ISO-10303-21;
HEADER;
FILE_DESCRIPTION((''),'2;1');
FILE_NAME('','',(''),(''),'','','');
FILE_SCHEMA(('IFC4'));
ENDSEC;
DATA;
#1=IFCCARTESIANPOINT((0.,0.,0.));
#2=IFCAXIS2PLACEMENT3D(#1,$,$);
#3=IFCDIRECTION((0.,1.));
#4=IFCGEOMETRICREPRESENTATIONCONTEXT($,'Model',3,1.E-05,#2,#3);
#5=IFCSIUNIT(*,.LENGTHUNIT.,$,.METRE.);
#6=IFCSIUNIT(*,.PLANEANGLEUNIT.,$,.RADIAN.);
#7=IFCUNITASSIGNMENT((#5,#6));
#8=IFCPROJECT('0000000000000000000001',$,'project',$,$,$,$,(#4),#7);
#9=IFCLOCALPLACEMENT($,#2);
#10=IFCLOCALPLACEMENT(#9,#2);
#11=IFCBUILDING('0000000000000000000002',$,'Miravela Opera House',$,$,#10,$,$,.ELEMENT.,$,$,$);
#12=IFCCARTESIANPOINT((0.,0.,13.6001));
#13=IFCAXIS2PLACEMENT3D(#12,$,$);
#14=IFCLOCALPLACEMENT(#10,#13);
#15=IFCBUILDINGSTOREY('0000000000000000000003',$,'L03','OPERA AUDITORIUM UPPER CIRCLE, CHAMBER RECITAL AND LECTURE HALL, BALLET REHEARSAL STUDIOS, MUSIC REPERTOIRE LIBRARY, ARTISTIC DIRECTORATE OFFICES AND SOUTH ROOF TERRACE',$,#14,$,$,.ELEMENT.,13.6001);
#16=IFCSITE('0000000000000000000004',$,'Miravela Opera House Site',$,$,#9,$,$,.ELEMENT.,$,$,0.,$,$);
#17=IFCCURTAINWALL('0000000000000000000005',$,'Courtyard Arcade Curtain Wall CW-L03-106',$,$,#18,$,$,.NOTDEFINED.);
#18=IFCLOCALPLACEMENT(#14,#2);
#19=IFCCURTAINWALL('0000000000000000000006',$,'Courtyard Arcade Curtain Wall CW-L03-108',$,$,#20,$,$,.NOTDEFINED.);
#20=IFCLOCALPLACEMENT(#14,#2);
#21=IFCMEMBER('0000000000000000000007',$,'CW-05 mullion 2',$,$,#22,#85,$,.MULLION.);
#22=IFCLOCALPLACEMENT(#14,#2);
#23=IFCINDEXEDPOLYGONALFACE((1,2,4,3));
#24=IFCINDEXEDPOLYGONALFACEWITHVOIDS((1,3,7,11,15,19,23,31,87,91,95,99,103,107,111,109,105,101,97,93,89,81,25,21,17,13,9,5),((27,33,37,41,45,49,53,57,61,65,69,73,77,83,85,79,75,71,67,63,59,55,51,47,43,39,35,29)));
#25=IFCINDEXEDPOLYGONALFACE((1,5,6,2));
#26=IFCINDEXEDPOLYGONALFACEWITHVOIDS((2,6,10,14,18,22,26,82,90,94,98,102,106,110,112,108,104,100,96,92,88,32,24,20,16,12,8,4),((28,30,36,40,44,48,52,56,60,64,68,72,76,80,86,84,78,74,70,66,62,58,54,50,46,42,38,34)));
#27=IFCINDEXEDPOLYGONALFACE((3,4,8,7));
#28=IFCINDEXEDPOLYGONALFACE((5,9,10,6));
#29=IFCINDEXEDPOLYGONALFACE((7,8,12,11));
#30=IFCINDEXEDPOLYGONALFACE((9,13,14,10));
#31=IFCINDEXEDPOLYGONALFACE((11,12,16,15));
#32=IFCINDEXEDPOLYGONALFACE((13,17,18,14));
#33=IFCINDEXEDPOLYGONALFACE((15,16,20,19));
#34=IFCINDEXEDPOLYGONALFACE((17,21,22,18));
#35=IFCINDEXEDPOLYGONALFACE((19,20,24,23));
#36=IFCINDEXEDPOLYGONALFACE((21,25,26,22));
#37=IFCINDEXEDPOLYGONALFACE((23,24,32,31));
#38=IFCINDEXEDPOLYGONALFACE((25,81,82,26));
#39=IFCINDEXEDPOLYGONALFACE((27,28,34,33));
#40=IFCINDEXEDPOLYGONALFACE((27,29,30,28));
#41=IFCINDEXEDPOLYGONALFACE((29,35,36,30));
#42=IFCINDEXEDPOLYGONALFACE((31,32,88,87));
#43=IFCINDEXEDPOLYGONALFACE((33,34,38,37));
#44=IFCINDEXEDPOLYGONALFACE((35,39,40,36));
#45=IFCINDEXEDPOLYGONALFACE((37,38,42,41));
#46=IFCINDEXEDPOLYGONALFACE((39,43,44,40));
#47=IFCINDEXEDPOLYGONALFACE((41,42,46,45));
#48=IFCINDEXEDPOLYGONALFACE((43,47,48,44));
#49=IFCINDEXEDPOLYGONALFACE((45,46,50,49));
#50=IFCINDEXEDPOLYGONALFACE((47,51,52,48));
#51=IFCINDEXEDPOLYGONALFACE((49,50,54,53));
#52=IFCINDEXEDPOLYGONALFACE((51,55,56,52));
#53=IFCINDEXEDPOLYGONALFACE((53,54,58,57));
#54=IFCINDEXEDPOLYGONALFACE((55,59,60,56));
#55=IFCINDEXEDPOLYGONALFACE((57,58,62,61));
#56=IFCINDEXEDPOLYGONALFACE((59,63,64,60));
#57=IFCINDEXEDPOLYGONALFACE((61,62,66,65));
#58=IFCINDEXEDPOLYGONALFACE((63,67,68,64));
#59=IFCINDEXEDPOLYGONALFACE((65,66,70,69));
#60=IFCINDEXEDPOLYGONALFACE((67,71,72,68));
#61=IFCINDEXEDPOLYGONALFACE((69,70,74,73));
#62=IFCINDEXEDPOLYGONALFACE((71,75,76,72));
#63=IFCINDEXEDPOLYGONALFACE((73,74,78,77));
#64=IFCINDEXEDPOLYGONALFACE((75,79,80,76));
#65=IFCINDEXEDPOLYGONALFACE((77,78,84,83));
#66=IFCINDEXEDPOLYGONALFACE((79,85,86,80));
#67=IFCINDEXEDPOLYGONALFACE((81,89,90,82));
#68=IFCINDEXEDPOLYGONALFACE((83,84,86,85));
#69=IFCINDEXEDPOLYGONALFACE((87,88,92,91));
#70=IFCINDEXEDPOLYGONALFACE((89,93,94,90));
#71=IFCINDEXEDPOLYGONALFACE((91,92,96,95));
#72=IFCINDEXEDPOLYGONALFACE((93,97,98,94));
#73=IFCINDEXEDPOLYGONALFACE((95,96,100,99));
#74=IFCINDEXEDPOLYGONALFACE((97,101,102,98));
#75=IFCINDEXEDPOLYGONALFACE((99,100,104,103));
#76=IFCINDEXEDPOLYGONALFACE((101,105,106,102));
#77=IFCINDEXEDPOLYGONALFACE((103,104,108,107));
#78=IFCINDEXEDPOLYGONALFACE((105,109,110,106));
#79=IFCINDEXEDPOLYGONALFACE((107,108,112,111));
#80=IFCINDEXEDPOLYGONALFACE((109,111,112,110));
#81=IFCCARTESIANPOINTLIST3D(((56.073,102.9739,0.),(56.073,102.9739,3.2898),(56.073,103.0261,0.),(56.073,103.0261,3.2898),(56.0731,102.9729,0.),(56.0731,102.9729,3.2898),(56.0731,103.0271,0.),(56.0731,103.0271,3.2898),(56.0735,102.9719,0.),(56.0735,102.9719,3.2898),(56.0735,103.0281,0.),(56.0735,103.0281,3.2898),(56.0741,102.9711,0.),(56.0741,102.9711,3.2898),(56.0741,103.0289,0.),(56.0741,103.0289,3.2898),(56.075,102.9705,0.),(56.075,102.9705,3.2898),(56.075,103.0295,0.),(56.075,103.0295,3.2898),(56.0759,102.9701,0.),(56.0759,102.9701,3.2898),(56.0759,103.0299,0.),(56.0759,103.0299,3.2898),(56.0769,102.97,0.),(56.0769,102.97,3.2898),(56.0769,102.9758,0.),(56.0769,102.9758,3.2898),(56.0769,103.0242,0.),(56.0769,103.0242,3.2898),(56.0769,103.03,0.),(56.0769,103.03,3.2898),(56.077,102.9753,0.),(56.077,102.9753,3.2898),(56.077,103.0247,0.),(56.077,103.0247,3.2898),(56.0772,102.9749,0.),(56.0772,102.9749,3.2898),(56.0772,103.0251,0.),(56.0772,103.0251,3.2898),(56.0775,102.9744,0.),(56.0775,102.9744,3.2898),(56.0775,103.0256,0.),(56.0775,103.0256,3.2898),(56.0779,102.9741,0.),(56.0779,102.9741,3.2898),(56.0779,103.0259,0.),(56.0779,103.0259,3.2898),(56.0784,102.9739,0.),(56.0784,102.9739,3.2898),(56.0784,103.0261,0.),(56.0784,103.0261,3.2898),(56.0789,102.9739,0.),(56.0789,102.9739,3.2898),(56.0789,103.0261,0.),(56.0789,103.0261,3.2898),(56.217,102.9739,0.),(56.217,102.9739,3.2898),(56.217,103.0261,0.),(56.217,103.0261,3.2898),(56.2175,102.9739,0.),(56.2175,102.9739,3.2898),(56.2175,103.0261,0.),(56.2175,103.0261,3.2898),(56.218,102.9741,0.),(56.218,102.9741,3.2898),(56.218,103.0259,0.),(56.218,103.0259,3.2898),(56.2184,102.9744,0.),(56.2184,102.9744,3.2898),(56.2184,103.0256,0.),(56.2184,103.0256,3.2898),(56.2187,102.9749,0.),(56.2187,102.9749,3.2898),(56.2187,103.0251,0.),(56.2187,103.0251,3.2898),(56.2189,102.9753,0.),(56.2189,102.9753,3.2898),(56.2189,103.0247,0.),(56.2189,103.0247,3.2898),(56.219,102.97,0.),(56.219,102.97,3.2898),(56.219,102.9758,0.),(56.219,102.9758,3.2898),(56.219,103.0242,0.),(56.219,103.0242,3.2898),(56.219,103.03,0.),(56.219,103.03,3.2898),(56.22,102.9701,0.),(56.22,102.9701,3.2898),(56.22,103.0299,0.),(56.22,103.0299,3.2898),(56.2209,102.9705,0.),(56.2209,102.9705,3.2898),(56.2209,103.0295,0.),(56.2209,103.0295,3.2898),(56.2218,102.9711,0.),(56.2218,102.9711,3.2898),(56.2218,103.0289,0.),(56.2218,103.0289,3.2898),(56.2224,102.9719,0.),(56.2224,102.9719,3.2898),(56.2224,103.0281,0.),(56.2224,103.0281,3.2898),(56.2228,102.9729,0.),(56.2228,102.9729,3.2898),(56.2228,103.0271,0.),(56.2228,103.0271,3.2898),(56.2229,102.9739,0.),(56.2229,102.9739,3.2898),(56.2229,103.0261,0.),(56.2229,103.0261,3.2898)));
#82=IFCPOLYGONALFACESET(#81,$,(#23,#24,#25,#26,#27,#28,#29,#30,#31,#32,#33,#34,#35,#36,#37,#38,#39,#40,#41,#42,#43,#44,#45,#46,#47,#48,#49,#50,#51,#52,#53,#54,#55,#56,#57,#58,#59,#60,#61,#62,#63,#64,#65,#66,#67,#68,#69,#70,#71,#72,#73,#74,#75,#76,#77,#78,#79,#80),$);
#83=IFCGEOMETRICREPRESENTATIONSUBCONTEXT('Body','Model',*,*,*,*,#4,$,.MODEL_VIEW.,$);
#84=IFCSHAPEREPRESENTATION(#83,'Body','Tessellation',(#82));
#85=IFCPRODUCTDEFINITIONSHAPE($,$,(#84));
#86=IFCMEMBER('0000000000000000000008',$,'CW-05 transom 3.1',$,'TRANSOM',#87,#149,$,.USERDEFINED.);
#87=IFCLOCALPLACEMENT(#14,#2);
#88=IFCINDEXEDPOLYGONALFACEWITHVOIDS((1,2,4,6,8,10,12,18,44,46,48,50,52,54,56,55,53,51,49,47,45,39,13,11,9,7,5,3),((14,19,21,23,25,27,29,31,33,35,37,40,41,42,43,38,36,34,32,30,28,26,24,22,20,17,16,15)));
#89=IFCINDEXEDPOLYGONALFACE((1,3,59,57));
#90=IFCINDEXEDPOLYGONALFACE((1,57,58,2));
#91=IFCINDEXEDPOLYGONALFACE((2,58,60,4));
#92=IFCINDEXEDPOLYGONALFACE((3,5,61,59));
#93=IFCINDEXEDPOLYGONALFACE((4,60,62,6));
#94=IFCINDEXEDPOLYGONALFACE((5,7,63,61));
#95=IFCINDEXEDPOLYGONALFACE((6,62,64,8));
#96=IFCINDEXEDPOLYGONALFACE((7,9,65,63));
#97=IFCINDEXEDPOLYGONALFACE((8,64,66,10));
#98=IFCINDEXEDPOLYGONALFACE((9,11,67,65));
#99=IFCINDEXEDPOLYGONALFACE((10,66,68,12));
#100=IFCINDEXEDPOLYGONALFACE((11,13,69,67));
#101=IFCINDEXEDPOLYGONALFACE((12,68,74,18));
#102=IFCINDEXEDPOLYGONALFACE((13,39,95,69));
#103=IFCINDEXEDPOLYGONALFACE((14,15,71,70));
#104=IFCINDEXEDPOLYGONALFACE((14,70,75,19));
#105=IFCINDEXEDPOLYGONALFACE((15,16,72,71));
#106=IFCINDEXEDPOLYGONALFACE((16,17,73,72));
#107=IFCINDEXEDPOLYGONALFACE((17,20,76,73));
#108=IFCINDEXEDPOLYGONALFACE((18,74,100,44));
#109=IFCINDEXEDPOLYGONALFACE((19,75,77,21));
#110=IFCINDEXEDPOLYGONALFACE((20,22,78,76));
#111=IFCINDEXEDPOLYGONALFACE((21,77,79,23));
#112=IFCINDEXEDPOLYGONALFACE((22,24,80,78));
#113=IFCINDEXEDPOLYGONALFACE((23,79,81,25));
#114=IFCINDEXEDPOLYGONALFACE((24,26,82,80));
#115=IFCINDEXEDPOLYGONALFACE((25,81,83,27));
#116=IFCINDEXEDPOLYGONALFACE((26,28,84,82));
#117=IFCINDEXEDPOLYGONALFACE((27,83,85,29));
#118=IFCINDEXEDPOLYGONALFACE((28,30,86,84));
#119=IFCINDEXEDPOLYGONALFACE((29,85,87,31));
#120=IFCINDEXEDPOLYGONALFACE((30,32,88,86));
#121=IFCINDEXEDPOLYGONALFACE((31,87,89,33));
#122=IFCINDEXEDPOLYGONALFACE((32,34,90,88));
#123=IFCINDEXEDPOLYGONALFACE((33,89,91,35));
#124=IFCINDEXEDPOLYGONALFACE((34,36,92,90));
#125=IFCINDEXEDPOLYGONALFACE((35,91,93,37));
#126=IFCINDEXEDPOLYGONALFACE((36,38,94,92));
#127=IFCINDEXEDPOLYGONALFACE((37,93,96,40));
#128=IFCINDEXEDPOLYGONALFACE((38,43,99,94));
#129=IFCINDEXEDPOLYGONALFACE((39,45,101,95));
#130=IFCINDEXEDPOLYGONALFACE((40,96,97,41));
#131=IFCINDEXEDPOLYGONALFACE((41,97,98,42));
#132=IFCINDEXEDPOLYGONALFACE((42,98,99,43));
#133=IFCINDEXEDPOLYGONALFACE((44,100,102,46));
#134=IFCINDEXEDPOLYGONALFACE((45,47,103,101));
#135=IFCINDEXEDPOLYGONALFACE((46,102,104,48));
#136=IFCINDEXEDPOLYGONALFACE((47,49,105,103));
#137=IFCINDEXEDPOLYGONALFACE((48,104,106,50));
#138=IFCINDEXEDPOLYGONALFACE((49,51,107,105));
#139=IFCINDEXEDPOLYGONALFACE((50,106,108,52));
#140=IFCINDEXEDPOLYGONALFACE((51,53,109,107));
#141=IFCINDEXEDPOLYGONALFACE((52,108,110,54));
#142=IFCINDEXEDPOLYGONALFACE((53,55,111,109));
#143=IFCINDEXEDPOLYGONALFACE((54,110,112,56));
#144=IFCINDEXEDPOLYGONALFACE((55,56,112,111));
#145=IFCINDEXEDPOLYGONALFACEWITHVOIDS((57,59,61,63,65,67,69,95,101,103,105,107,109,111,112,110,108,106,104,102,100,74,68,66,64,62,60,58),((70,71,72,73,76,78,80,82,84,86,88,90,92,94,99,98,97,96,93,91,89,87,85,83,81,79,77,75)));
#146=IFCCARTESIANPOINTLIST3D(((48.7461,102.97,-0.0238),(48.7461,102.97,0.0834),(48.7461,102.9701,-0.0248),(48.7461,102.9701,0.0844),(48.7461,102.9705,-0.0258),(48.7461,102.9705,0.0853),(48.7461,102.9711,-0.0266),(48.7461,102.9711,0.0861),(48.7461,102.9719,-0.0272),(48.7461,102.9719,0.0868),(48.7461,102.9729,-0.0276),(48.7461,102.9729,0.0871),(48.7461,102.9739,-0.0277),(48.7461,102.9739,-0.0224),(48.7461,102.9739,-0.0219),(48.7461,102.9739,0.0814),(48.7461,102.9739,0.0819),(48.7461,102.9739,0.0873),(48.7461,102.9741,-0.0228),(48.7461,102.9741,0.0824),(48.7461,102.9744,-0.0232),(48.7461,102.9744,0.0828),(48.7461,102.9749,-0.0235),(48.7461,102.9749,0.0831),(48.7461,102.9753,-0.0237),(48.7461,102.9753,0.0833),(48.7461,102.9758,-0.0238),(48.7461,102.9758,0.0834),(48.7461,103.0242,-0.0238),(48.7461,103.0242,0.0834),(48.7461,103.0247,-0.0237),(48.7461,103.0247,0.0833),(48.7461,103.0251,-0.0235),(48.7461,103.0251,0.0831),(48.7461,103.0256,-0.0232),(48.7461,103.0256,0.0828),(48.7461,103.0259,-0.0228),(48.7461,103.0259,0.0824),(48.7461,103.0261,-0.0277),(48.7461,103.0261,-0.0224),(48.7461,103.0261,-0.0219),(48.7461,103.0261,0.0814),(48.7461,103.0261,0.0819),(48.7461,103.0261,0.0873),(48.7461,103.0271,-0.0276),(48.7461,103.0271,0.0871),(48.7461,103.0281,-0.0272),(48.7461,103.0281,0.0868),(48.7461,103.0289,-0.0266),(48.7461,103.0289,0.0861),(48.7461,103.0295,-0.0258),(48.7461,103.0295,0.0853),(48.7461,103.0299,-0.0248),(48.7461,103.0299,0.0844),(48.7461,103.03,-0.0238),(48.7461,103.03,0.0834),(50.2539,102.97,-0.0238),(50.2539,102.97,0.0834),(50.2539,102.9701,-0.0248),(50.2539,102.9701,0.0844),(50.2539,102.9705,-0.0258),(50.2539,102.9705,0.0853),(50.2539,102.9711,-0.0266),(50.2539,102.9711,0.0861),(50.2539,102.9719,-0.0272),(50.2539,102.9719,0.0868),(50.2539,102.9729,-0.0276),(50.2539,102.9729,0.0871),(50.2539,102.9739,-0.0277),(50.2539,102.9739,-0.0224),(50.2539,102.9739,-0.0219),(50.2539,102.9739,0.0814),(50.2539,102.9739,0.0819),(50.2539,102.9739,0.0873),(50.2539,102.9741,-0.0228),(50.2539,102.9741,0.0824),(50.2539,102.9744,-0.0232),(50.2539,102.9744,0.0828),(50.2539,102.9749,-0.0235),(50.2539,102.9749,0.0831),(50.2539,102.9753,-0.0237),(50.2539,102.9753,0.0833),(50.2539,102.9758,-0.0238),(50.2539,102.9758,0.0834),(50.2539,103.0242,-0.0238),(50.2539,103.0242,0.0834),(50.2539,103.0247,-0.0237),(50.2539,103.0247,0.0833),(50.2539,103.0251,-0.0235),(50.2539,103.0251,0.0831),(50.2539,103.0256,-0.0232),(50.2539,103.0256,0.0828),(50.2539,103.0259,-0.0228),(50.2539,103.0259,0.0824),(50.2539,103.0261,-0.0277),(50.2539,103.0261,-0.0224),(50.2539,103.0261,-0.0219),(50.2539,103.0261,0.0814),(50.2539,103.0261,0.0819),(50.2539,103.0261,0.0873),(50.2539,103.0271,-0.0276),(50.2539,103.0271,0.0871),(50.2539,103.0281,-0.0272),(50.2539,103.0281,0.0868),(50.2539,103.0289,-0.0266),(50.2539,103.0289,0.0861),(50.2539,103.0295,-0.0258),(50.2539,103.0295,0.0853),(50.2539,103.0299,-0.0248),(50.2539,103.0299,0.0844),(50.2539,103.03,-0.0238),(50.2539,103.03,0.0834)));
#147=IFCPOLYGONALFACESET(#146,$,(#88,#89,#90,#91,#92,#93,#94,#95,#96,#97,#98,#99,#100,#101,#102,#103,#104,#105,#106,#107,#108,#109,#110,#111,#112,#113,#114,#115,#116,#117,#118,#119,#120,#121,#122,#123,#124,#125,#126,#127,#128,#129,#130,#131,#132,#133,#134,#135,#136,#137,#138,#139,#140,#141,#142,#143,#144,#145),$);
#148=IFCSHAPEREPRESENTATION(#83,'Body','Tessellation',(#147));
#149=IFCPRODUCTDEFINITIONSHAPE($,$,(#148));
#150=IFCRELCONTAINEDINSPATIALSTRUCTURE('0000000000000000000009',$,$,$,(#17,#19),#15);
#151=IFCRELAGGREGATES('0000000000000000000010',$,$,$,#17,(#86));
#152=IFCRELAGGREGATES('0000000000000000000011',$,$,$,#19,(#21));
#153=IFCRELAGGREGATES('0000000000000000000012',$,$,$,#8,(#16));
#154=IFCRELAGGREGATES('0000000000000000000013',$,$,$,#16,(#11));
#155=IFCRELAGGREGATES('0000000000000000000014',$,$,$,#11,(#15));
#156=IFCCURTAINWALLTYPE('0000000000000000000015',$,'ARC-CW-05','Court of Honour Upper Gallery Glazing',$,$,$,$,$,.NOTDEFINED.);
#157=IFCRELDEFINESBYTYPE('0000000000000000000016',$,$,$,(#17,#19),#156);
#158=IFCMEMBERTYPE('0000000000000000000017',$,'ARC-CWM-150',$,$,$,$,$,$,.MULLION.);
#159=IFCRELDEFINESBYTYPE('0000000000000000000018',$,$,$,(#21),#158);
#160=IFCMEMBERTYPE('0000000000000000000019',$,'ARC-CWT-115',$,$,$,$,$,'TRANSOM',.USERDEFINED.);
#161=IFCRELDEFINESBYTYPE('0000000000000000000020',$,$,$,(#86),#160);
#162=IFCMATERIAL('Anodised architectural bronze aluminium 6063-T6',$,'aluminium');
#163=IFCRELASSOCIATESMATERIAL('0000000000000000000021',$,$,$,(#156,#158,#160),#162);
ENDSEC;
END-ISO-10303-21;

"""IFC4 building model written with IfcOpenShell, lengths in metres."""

from ifc_helpers import new_model, si_unit, direction, frame, origin, origin_2d, place, context, subcontext, project, spatial, hollow_rectangle, extrude, material, material_profile, profile_set, type_object, element, aggregate, save


model = new_model("IFC4")

# Units and contexts
model_context = context("Model", 3, precision=1e-05, world=origin(), true_north=direction((0.0, 1.0)))
body_context = subcontext(model_context, "Body", "Model", "MODEL_VIEW")
ifc_project = project(units=[si_unit("LENGTHUNIT", "METRE"), si_unit("PLANEANGLEUNIT", "RADIAN")], contexts=[model_context])

# Site, building, storey
site_placement = place(None, origin())
site = spatial("IfcSite", under=ifc_project, at=site_placement, Name="Miravela Opera House Site", CompositionType="ELEMENT", RefElevation=0.0)
building_placement = place(site_placement, origin())
building = spatial("IfcBuilding", under=site, at=building_placement, Name="Miravela Opera House", CompositionType="ELEMENT")
storey_placement = place(building_placement, frame((0.0, 0.0, 13.6001)))
storey = spatial("IfcBuildingStorey", under=building, at=storey_placement, Name="L03", Description="OPERA AUDITORIUM UPPER CIRCLE, CHAMBER RECITAL AND LECTURE HALL, BALLET REHEARSAL STUDIOS, MUSIC REPERTOIRE LIBRARY, ARTISTIC DIRECTORATE OFFICES AND SOUTH ROOF TERRACE", CompositionType="ELEMENT", Elevation=13.6001)

# Curtain walls, member
ifc_material_1 = material(Name="Anodised architectural bronze aluminium 6063-T6", Category="aluminium")
curtain_wall_type = type_object("IfcCurtainWallType", Name="ARC-CW-05", Description="Court of Honour Upper Gallery Glazing", PredefinedType="NOTDEFINED", material=ifc_material_1)
curtain_wall_1_placement = place(storey_placement, origin())
curtain_wall_1 = element("IfcCurtainWall", 1, at=curtain_wall_1_placement, inside=storey, type_object=curtain_wall_type, Name="Courtyard Arcade Curtain Wall CW-L03-106", PredefinedType="NOTDEFINED")
ifc_material_profile_1 = material_profile(ifc_material_1, hollow_rectangle(XDim=0.0601, YDim=0.1499, WallThickness=0.0039, InnerFilletRadius=0.002, OuterFilletRadius=0.0039, at=origin_2d()), Name="CWM-60X150")
ifc_profile_set_1 = profile_set([ifc_material_profile_1])
member_type_1 = type_object("IfcMemberType", Name="ARC-CWM-150", PredefinedType="MULLION", material=ifc_profile_set_1)
curtain_wall_2_placement = place(storey_placement, origin())
curtain_wall_2 = element("IfcCurtainWall", 2, at=curtain_wall_2_placement, inside=storey, type_object=curtain_wall_type, Name="Courtyard Arcade Curtain Wall CW-L03-108", PredefinedType="NOTDEFINED")
member_1_placement = place(storey_placement, frame((56.1479, 103.0, 0.0), z_axis=(0.0, 0.0, 1.0), x_axis=(0.0, 1.0, 0.0)))
member_1 = element("IfcMember", 3, at=member_1_placement, type_object=member_type_1, Name="CW-05 mullion 2", PredefinedType="MULLION", context=body_context, shape_type="SweptSolid", body=[
    extrude(hollow_rectangle(XDim=0.0601, YDim=0.1499, WallThickness=0.0039, InnerFilletRadius=0.002, OuterFilletRadius=0.0039, at=origin_2d()), origin(), (0.0, 0.0, 1.0), 3.2898),
])

# Member
ifc_material_profile_2 = material_profile(ifc_material_1, hollow_rectangle(XDim=0.0601, YDim=0.115, WallThickness=0.0039, InnerFilletRadius=0.002, OuterFilletRadius=0.0039, at=origin_2d()), Name="CWT-60X115")
ifc_profile_set_2 = profile_set([ifc_material_profile_2])
member_type_2 = type_object("IfcMemberType", Name="ARC-CWT-115", ElementType="TRANSOM", PredefinedType="USERDEFINED", material=ifc_profile_set_2)
member_2_placement = place(storey_placement, frame((48.7461, 103.0, 0.0298), z_axis=(1.0, 0.0, 0.0), x_axis=(0.0, 1.0, 0.0)))
member_2 = element("IfcMember", 4, at=member_2_placement, type_object=member_type_2, Name="CW-05 transom 3.1", ObjectType="TRANSOM", PredefinedType="USERDEFINED", context=body_context, shape_type="SweptSolid", body=[
    extrude(hollow_rectangle(XDim=0.0601, YDim=0.115, WallThickness=0.0039, InnerFilletRadius=0.002, OuterFilletRadius=0.0039, at=origin_2d()), origin(), (0.0, 0.0, 1.0), 1.5078),
])

aggregate(curtain_wall_1, [member_2])
aggregate(curtain_wall_2, [member_1])

save(model, "model.ifc")
